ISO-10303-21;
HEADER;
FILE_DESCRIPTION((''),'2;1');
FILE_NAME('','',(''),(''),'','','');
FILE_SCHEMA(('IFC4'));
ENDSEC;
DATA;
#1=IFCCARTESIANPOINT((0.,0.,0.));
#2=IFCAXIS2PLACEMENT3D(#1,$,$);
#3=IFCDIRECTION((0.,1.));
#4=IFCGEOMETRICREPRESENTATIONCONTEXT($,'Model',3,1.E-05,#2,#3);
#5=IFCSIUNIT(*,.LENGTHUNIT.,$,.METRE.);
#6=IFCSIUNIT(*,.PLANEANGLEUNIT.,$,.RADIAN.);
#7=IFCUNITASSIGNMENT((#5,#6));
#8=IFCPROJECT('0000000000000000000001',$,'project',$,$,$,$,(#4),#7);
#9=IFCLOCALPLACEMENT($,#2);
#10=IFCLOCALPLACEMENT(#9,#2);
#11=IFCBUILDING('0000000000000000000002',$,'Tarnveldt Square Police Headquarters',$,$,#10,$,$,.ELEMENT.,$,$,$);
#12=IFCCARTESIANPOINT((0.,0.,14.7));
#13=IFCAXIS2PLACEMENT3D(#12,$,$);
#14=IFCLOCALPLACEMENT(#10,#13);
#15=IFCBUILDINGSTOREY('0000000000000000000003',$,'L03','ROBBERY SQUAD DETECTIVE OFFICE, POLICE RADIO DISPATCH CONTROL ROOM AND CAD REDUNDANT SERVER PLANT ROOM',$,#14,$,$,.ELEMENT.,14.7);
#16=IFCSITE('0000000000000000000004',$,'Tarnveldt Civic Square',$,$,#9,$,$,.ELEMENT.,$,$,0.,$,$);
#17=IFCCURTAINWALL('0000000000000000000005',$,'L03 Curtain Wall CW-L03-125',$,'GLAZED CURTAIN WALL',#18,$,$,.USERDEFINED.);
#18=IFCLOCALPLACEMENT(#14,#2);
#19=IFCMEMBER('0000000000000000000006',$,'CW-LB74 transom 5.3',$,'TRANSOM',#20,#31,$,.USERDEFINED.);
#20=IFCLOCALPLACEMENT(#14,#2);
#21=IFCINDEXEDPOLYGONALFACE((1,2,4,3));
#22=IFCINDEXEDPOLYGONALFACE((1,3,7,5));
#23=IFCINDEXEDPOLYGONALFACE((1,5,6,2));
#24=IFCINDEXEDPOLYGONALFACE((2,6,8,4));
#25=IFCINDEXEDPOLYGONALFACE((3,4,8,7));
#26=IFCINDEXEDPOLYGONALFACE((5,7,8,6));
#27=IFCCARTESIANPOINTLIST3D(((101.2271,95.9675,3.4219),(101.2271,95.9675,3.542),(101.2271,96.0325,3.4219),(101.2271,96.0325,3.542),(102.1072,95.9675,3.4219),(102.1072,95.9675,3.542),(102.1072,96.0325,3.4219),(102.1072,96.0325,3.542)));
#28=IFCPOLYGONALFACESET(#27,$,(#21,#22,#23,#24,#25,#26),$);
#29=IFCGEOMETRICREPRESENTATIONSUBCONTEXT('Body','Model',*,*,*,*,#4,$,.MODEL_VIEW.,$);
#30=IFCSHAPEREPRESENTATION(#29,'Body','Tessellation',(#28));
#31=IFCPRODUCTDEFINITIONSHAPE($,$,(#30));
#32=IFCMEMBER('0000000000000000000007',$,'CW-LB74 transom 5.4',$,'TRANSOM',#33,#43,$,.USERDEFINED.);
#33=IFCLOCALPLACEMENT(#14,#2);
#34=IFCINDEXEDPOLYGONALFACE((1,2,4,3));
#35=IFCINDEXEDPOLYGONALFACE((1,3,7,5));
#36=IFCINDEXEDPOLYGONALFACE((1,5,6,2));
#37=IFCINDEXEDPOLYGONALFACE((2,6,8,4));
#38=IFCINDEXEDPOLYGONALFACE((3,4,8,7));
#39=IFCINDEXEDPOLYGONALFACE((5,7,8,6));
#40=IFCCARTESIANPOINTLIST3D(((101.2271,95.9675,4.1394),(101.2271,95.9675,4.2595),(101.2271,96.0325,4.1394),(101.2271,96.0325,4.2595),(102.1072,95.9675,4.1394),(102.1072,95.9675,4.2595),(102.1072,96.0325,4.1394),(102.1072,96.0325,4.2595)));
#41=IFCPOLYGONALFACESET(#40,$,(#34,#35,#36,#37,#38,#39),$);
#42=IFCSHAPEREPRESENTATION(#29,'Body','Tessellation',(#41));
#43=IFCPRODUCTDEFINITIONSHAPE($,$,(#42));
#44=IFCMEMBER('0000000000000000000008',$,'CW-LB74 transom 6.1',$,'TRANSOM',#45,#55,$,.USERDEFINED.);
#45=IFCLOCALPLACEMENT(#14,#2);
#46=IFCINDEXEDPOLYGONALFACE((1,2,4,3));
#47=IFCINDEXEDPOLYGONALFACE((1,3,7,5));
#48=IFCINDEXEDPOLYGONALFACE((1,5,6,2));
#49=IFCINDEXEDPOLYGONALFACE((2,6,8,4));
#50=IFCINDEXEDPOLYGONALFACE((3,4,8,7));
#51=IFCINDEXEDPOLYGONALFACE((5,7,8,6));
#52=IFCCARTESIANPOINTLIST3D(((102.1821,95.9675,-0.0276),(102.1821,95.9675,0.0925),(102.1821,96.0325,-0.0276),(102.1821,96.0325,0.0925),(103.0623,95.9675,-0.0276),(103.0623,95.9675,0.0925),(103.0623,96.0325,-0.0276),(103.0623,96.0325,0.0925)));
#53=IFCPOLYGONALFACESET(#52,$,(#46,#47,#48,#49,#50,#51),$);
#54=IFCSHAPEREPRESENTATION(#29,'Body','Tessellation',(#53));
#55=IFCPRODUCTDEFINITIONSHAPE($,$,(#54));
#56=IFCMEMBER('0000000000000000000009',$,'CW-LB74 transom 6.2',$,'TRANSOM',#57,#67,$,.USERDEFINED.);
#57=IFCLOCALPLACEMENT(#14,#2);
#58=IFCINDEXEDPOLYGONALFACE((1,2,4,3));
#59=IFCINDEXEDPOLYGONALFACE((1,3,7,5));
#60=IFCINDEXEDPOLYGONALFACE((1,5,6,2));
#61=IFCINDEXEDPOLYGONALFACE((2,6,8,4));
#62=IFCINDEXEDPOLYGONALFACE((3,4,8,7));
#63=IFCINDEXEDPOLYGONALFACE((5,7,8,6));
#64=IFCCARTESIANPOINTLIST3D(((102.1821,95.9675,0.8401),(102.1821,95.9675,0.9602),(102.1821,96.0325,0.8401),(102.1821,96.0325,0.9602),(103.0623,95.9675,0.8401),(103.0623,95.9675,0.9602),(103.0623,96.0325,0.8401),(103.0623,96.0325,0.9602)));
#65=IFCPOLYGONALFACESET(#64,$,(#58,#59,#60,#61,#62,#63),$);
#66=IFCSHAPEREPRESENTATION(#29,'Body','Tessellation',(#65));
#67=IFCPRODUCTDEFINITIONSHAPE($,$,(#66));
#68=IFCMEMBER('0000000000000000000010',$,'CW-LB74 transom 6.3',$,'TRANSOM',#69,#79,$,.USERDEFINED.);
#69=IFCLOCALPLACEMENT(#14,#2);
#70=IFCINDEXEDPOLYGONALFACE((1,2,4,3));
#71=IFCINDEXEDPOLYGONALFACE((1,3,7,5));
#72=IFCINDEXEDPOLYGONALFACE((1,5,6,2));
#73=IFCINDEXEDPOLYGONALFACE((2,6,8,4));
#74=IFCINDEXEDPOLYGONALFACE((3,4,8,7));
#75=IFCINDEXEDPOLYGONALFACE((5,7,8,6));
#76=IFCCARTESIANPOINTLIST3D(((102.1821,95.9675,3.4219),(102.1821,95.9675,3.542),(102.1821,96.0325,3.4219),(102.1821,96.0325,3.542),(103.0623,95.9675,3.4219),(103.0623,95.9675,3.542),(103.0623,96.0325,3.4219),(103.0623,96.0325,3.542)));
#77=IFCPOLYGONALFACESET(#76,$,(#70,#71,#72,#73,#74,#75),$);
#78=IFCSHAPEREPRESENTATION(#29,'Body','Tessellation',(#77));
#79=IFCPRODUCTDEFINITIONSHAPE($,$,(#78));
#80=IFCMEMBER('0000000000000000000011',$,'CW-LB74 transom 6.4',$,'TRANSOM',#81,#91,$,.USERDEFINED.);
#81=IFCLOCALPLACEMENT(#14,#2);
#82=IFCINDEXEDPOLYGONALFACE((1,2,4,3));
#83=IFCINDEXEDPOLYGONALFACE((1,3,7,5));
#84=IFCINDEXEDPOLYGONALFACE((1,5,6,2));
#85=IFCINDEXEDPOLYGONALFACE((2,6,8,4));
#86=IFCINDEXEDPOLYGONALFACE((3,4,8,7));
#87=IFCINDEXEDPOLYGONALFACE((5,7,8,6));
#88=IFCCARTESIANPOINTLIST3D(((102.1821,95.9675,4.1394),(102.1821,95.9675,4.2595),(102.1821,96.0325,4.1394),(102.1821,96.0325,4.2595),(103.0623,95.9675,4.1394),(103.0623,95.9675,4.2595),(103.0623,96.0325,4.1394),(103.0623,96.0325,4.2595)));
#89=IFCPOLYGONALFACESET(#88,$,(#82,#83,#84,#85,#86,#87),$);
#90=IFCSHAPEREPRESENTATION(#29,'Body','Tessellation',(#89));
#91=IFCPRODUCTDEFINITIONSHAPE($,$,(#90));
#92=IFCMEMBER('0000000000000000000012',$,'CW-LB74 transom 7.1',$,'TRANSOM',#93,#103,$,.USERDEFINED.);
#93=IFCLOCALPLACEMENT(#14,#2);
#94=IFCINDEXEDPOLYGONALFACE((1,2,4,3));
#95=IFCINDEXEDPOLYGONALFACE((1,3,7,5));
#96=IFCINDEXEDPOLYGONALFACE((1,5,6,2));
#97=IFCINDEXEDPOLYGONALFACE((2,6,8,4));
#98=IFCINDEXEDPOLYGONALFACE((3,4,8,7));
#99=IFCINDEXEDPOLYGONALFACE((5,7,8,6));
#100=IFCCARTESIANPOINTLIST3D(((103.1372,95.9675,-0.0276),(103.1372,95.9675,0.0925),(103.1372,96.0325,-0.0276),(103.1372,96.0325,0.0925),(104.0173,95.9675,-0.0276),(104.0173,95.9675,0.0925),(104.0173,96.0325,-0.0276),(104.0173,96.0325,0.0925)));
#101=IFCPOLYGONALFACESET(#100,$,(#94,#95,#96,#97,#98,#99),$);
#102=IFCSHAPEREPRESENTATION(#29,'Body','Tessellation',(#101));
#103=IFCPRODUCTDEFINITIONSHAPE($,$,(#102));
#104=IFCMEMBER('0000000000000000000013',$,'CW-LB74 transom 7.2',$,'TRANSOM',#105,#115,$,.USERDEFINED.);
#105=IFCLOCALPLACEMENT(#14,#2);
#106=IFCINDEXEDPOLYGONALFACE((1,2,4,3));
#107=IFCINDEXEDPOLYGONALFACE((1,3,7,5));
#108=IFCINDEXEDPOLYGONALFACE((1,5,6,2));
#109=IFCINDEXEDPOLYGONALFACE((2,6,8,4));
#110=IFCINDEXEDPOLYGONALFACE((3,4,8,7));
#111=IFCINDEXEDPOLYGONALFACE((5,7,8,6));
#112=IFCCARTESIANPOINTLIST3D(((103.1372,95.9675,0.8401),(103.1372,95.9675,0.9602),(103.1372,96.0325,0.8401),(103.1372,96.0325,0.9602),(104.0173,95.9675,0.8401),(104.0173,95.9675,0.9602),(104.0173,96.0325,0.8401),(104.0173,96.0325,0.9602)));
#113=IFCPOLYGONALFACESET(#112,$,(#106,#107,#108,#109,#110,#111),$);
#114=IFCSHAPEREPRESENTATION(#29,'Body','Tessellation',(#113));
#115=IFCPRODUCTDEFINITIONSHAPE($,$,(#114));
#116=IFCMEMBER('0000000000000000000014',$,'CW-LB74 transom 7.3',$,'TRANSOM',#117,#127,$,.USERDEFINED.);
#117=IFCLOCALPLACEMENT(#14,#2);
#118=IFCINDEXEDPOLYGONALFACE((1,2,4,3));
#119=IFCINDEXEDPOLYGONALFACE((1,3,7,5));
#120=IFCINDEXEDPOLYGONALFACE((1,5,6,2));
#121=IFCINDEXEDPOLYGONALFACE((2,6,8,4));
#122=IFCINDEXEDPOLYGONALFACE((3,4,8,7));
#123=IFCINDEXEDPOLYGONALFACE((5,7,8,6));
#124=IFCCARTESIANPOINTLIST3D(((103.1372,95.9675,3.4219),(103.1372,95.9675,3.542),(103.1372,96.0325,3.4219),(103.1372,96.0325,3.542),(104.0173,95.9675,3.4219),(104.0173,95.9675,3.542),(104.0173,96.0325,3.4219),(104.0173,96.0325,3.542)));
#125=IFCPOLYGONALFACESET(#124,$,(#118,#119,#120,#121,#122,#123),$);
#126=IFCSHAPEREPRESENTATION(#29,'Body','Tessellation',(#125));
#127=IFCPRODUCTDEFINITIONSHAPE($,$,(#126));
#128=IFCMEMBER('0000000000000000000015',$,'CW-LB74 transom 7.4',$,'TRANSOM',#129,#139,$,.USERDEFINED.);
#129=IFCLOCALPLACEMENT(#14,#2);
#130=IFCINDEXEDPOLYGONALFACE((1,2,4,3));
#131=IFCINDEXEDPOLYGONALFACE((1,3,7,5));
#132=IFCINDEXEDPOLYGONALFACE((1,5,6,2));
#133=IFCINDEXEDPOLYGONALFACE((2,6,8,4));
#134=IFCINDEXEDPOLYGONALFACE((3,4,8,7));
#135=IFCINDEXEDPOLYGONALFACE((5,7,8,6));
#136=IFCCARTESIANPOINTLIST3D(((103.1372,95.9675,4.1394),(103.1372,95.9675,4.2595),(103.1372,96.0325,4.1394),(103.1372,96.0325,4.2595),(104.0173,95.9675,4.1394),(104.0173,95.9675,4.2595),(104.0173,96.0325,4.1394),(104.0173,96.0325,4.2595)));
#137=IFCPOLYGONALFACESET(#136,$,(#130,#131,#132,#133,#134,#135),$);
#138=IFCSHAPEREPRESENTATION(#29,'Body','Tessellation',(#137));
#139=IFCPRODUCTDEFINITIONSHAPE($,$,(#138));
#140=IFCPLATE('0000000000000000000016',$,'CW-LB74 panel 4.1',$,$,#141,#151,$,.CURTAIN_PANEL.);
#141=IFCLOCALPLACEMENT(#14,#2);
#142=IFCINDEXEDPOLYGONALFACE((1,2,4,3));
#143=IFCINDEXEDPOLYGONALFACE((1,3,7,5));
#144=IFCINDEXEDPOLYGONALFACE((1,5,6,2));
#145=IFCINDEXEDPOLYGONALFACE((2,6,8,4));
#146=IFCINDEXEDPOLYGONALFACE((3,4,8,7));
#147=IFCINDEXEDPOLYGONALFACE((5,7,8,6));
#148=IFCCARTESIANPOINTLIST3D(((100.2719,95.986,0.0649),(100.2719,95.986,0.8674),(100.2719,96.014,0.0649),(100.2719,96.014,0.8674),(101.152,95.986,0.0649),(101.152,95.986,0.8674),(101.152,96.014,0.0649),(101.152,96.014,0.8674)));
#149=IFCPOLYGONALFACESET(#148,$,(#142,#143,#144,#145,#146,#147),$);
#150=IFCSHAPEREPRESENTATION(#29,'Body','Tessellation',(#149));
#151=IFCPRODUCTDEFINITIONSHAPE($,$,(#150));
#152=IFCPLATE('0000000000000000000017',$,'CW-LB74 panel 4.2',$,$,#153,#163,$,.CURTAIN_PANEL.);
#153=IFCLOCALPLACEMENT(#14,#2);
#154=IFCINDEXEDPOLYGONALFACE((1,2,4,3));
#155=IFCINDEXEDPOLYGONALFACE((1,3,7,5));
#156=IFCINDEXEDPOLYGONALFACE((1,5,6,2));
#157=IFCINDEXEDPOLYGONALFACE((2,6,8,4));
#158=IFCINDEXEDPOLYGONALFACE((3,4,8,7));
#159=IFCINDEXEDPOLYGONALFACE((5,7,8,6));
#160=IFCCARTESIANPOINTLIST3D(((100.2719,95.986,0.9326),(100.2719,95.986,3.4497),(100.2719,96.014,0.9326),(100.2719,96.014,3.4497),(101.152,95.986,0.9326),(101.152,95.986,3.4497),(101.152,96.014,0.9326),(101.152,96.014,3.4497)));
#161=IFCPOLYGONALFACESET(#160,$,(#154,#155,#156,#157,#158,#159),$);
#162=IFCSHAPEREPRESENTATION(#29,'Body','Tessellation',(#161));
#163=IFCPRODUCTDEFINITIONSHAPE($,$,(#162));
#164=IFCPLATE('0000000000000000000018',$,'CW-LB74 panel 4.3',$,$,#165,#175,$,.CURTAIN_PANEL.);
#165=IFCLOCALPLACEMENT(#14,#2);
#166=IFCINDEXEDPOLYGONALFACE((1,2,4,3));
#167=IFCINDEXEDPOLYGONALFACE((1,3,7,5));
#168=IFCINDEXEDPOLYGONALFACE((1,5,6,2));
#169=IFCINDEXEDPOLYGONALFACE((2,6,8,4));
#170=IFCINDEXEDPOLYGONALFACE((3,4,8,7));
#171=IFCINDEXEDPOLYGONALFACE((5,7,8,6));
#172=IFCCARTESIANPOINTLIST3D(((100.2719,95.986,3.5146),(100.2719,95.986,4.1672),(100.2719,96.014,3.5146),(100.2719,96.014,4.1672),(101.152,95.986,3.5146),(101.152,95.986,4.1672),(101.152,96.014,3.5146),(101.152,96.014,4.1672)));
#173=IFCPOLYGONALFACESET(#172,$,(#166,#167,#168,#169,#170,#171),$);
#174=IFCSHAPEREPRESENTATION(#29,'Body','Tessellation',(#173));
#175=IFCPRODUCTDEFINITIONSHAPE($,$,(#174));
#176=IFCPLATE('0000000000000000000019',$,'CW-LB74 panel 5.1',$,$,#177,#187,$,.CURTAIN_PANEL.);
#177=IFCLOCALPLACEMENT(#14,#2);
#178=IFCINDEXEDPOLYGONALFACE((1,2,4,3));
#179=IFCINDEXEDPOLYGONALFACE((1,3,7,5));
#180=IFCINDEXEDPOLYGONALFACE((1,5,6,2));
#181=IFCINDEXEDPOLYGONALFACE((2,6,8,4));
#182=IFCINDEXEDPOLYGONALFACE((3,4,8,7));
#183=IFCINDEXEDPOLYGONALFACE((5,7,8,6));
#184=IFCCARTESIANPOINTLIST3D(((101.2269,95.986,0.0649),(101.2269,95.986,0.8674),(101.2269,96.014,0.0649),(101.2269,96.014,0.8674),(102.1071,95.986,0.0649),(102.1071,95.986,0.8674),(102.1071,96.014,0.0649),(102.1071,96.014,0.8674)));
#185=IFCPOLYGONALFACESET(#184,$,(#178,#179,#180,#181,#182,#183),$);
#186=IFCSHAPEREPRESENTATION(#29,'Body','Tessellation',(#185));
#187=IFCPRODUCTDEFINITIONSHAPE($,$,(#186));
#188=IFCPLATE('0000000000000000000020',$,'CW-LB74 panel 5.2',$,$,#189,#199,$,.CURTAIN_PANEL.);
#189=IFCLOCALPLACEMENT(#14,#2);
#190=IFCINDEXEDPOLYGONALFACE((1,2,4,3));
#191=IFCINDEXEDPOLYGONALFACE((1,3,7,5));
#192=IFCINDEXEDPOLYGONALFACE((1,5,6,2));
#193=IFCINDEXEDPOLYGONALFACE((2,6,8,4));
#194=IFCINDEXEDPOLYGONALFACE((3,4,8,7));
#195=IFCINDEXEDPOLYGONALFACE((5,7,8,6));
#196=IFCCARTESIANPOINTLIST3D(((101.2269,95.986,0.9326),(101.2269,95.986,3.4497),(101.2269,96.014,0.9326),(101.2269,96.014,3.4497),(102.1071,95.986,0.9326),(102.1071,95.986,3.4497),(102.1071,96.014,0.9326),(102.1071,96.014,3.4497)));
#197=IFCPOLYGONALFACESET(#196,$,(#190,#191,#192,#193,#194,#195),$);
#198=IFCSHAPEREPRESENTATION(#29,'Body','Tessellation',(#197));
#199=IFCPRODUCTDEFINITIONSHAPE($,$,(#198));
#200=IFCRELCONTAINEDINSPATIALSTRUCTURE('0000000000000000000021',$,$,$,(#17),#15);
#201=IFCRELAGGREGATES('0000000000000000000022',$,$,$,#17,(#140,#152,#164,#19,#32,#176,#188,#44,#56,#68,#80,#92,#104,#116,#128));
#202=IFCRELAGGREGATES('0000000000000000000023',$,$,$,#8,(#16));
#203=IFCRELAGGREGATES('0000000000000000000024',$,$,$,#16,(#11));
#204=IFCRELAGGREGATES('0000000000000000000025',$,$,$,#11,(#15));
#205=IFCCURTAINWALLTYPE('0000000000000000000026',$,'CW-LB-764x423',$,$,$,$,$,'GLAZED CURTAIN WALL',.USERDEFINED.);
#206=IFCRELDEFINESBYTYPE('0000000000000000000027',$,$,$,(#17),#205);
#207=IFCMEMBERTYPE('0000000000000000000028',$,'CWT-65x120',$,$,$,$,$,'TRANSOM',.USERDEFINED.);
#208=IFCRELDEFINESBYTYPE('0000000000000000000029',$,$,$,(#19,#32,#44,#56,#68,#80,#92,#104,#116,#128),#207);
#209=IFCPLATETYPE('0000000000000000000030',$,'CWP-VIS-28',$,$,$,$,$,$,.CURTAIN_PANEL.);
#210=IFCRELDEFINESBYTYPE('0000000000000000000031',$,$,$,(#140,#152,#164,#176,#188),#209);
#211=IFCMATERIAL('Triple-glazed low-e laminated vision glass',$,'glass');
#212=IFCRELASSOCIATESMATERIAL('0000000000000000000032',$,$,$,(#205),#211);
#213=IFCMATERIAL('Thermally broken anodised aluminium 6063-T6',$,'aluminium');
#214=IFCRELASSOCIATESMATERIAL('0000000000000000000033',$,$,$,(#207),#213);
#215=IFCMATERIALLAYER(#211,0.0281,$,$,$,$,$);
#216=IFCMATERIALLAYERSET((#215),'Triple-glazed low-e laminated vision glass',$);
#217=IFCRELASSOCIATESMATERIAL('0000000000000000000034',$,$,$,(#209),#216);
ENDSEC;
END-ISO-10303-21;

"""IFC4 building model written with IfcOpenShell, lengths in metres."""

from ifc_helpers import new_model, si_unit, direction, frame, origin, origin_2d, place, context, subcontext, project, spatial, rectangle, extrude, material, layer, layer_set, material_profile, profile_set, type_object, element, aggregate, save


model = new_model("IFC4")

# Units and contexts
model_context = context("Model", 3, precision=1e-05, world=origin(), true_north=direction((0.0, 1.0)))
body_context = subcontext(model_context, "Body", "Model", "MODEL_VIEW")
ifc_project = project(units=[si_unit("LENGTHUNIT", "METRE"), si_unit("PLANEANGLEUNIT", "RADIAN")], contexts=[model_context])

# Site, building, storey
site_placement = place(None, origin())
site = spatial("IfcSite", under=ifc_project, at=site_placement, Name="Tarnveldt Civic Square", CompositionType="ELEMENT", RefElevation=0.0)
building_placement = place(site_placement, origin())
building = spatial("IfcBuilding", under=site, at=building_placement, Name="Tarnveldt Square Police Headquarters", CompositionType="ELEMENT")
storey_placement = place(building_placement, frame((0.0, 0.0, 14.7)))
storey = spatial("IfcBuildingStorey", under=building, at=storey_placement, Name="L03", Description="ROBBERY SQUAD DETECTIVE OFFICE, POLICE RADIO DISPATCH CONTROL ROOM AND CAD REDUNDANT SERVER PLANT ROOM", CompositionType="ELEMENT", Elevation=14.7)

# Curtain wall, members, plates
ifc_material_1 = material(Name="Triple-glazed low-e laminated vision glass", Category="glass")
curtain_wall_type = type_object("IfcCurtainWallType", Name="CW-LB-764x423", ElementType="GLAZED CURTAIN WALL", PredefinedType="USERDEFINED", material=ifc_material_1)
curtain_wall_placement = place(storey_placement, origin())
curtain_wall = element("IfcCurtainWall", 1, at=curtain_wall_placement, inside=storey, type_object=curtain_wall_type, Name="L03 Curtain Wall CW-L03-125", ObjectType="GLAZED CURTAIN WALL", PredefinedType="USERDEFINED")
ifc_material_2 = material(Name="Thermally broken anodised aluminium 6063-T6", Category="aluminium")
ifc_material_profile_1 = material_profile(ifc_material_2, rectangle(XDim=0.0649, YDim=0.1201, at=origin_2d()), Name="CW-T65x120")
ifc_profile_set_1 = profile_set([ifc_material_profile_1], Name="Thermally broken anodised aluminium 6063-T6")
member_type_1 = type_object("IfcMemberType", Name="CWT-65x120", ElementType="TRANSOM", PredefinedType="USERDEFINED", material=ifc_profile_set_1)
member_1_placement = place(storey_placement, frame((101.2271, 96.0, 3.4819), z_axis=(1.0, 0.0, 0.0), x_axis=(0.0, 1.0, 0.0)))
member_1 = element("IfcMember", 2, at=member_1_placement, type_object=member_type_1, Name="CW-LB74 transom 5.3", ObjectType="TRANSOM", PredefinedType="USERDEFINED", context=body_context, shape_type="SweptSolid", body=[
    extrude(rectangle(XDim=0.0649, YDim=0.1201, at=origin_2d()), origin(), (0.0, 0.0, 1.0), 0.8801),
])
member_2_placement = place(storey_placement, frame((101.2271, 96.0, 4.1995), z_axis=(1.0, 0.0, 0.0), x_axis=(0.0, 1.0, 0.0)))
member_2 = element("IfcMember", 3, at=member_2_placement, type_object=member_type_1, Name="CW-LB74 transom 5.4", ObjectType="TRANSOM", PredefinedType="USERDEFINED", context=body_context, shape_type="SweptSolid", body=[
    extrude(rectangle(XDim=0.0649, YDim=0.1201, at=origin_2d()), origin(), (0.0, 0.0, 1.0), 0.8801),
])
member_3_placement = place(storey_placement, frame((102.1821, 96.0, 0.0325), z_axis=(1.0, 0.0, 0.0), x_axis=(0.0, 1.0, 0.0)))
member_3 = element("IfcMember", 4, at=member_3_placement, type_object=member_type_1, Name="CW-LB74 transom 6.1", ObjectType="TRANSOM", PredefinedType="USERDEFINED", context=body_context, shape_type="SweptSolid", body=[
    extrude(rectangle(XDim=0.0649, YDim=0.1201, at=origin_2d()), origin(), (0.0, 0.0, 1.0), 0.8801),
])
member_4_placement = place(storey_placement, frame((102.1821, 96.0, 0.9001), z_axis=(1.0, 0.0, 0.0), x_axis=(0.0, 1.0, 0.0)))
member_4 = element("IfcMember", 5, at=member_4_placement, type_object=member_type_1, Name="CW-LB74 transom 6.2", ObjectType="TRANSOM", PredefinedType="USERDEFINED", context=body_context, shape_type="SweptSolid", body=[
    extrude(rectangle(XDim=0.0649, YDim=0.1201, at=origin_2d()), origin(), (0.0, 0.0, 1.0), 0.8801),
])
member_5_placement = place(storey_placement, frame((102.1821, 96.0, 3.4819), z_axis=(1.0, 0.0, 0.0), x_axis=(0.0, 1.0, 0.0)))
member_5 = element("IfcMember", 6, at=member_5_placement, type_object=member_type_1, Name="CW-LB74 transom 6.3", ObjectType="TRANSOM", PredefinedType="USERDEFINED", context=body_context, shape_type="SweptSolid", body=[
    extrude(rectangle(XDim=0.0649, YDim=0.1201, at=origin_2d()), origin(), (0.0, 0.0, 1.0), 0.8801),
])
member_6_placement = place(storey_placement, frame((102.1821, 96.0, 4.1995), z_axis=(1.0, 0.0, 0.0), x_axis=(0.0, 1.0, 0.0)))
member_6 = element("IfcMember", 7, at=member_6_placement, type_object=member_type_1, Name="CW-LB74 transom 6.4", ObjectType="TRANSOM", PredefinedType="USERDEFINED", context=body_context, shape_type="SweptSolid", body=[
    extrude(rectangle(XDim=0.0649, YDim=0.1201, at=origin_2d()), origin(), (0.0, 0.0, 1.0), 0.8801),
])
member_7_placement = place(storey_placement, frame((103.1372, 96.0, 0.0325), z_axis=(1.0, 0.0, 0.0), x_axis=(0.0, 1.0, 0.0)))
member_7 = element("IfcMember", 8, at=member_7_placement, type_object=member_type_1, Name="CW-LB74 transom 7.1", ObjectType="TRANSOM", PredefinedType="USERDEFINED", context=body_context, shape_type="SweptSolid", body=[
    extrude(rectangle(XDim=0.0649, YDim=0.1201, at=origin_2d()), origin(), (0.0, 0.0, 1.0), 0.8801),
])
member_8_placement = place(storey_placement, frame((103.1372, 96.0, 0.9001), z_axis=(1.0, 0.0, 0.0), x_axis=(0.0, 1.0, 0.0)))
member_8 = element("IfcMember", 9, at=member_8_placement, type_object=member_type_1, Name="CW-LB74 transom 7.2", ObjectType="TRANSOM", PredefinedType="USERDEFINED", context=body_context, shape_type="SweptSolid", body=[
    extrude(rectangle(XDim=0.0649, YDim=0.1201, at=origin_2d()), origin(), (0.0, 0.0, 1.0), 0.8801),
])
member_9_placement = place(storey_placement, frame((103.1372, 96.0, 3.4819), z_axis=(1.0, 0.0, 0.0), x_axis=(0.0, 1.0, 0.0)))
member_9 = element("IfcMember", 10, at=member_9_placement, type_object=member_type_1, Name="CW-LB74 transom 7.3", ObjectType="TRANSOM", PredefinedType="USERDEFINED", context=body_context, shape_type="SweptSolid", body=[
    extrude(rectangle(XDim=0.0649, YDim=0.1201, at=origin_2d()), origin(), (0.0, 0.0, 1.0), 0.8801),
])
member_10_placement = place(storey_placement, frame((103.1372, 96.0, 4.1995), z_axis=(1.0, 0.0, 0.0), x_axis=(0.0, 1.0, 0.0)))
member_10 = element("IfcMember", 11, at=member_10_placement, type_object=member_type_1, Name="CW-LB74 transom 7.4", ObjectType="TRANSOM", PredefinedType="USERDEFINED", context=body_context, shape_type="SweptSolid", body=[
    extrude(rectangle(XDim=0.0649, YDim=0.1201, at=origin_2d()), origin(), (0.0, 0.0, 1.0), 0.8801),
])
ifc_layer = layer(ifc_material_1, 0.0281)
ifc_layer_set = layer_set([ifc_layer], Name="Triple-glazed low-e laminated vision glass")
plate_type = type_object("IfcPlateType", Name="CWP-VIS-28", PredefinedType="CURTAIN_PANEL", material=ifc_layer_set)
plate_1_placement = place(storey_placement, frame((100.7119, 96.0, 0.0649), z_axis=(0.0, 0.0, 1.0), x_axis=(1.0, 0.0, 0.0)))
plate_1 = element("IfcPlate", 12, at=plate_1_placement, type_object=plate_type, Name="CW-LB74 panel 4.1", PredefinedType="CURTAIN_PANEL", context=body_context, shape_type="SweptSolid", body=[
    extrude(rectangle(XDim=0.8801, YDim=0.0281, at=origin_2d()), origin(), (0.0, 0.0, 1.0), 0.8025),
])
plate_2_placement = place(storey_placement, frame((100.7119, 96.0, 0.9326), z_axis=(0.0, 0.0, 1.0), x_axis=(1.0, 0.0, 0.0)))
plate_2 = element("IfcPlate", 13, at=plate_2_placement, type_object=plate_type, Name="CW-LB74 panel 4.2", PredefinedType="CURTAIN_PANEL", context=body_context, shape_type="SweptSolid", body=[
    extrude(rectangle(XDim=0.8801, YDim=0.0281, at=origin_2d()), origin(), (0.0, 0.0, 1.0), 2.5171),
])
plate_3_placement = place(storey_placement, frame((100.7119, 96.0, 3.5146), z_axis=(0.0, 0.0, 1.0), x_axis=(1.0, 0.0, 0.0)))
plate_3 = element("IfcPlate", 14, at=plate_3_placement, type_object=plate_type, Name="CW-LB74 panel 4.3", PredefinedType="CURTAIN_PANEL", context=body_context, shape_type="SweptSolid", body=[
    extrude(rectangle(XDim=0.8801, YDim=0.0281, at=origin_2d()), origin(), (0.0, 0.0, 1.0), 0.6526),
])
plate_4_placement = place(storey_placement, frame((101.667, 96.0, 0.0649), z_axis=(0.0, 0.0, 1.0), x_axis=(1.0, 0.0, 0.0)))
plate_4 = element("IfcPlate", 15, at=plate_4_placement, type_object=plate_type, Name="CW-LB74 panel 5.1", PredefinedType="CURTAIN_PANEL", context=body_context, shape_type="SweptSolid", body=[
    extrude(rectangle(XDim=0.8801, YDim=0.0281, at=origin_2d()), origin(), (0.0, 0.0, 1.0), 0.8025),
])
plate_5_placement = place(storey_placement, frame((101.667, 96.0, 0.9326), z_axis=(0.0, 0.0, 1.0), x_axis=(1.0, 0.0, 0.0)))
plate_5 = element("IfcPlate", 16, at=plate_5_placement, type_object=plate_type, Name="CW-LB74 panel 5.2", PredefinedType="CURTAIN_PANEL", context=body_context, shape_type="SweptSolid", body=[
    extrude(rectangle(XDim=0.8801, YDim=0.0281, at=origin_2d()), origin(), (0.0, 0.0, 1.0), 2.5171),
])
aggregate(curtain_wall, [plate_1, plate_2, plate_3, member_1, member_2, plate_4, plate_5, member_3, member_4, member_5, member_6, member_7, member_8, member_9, member_10])

save(model, "model.ifc")
